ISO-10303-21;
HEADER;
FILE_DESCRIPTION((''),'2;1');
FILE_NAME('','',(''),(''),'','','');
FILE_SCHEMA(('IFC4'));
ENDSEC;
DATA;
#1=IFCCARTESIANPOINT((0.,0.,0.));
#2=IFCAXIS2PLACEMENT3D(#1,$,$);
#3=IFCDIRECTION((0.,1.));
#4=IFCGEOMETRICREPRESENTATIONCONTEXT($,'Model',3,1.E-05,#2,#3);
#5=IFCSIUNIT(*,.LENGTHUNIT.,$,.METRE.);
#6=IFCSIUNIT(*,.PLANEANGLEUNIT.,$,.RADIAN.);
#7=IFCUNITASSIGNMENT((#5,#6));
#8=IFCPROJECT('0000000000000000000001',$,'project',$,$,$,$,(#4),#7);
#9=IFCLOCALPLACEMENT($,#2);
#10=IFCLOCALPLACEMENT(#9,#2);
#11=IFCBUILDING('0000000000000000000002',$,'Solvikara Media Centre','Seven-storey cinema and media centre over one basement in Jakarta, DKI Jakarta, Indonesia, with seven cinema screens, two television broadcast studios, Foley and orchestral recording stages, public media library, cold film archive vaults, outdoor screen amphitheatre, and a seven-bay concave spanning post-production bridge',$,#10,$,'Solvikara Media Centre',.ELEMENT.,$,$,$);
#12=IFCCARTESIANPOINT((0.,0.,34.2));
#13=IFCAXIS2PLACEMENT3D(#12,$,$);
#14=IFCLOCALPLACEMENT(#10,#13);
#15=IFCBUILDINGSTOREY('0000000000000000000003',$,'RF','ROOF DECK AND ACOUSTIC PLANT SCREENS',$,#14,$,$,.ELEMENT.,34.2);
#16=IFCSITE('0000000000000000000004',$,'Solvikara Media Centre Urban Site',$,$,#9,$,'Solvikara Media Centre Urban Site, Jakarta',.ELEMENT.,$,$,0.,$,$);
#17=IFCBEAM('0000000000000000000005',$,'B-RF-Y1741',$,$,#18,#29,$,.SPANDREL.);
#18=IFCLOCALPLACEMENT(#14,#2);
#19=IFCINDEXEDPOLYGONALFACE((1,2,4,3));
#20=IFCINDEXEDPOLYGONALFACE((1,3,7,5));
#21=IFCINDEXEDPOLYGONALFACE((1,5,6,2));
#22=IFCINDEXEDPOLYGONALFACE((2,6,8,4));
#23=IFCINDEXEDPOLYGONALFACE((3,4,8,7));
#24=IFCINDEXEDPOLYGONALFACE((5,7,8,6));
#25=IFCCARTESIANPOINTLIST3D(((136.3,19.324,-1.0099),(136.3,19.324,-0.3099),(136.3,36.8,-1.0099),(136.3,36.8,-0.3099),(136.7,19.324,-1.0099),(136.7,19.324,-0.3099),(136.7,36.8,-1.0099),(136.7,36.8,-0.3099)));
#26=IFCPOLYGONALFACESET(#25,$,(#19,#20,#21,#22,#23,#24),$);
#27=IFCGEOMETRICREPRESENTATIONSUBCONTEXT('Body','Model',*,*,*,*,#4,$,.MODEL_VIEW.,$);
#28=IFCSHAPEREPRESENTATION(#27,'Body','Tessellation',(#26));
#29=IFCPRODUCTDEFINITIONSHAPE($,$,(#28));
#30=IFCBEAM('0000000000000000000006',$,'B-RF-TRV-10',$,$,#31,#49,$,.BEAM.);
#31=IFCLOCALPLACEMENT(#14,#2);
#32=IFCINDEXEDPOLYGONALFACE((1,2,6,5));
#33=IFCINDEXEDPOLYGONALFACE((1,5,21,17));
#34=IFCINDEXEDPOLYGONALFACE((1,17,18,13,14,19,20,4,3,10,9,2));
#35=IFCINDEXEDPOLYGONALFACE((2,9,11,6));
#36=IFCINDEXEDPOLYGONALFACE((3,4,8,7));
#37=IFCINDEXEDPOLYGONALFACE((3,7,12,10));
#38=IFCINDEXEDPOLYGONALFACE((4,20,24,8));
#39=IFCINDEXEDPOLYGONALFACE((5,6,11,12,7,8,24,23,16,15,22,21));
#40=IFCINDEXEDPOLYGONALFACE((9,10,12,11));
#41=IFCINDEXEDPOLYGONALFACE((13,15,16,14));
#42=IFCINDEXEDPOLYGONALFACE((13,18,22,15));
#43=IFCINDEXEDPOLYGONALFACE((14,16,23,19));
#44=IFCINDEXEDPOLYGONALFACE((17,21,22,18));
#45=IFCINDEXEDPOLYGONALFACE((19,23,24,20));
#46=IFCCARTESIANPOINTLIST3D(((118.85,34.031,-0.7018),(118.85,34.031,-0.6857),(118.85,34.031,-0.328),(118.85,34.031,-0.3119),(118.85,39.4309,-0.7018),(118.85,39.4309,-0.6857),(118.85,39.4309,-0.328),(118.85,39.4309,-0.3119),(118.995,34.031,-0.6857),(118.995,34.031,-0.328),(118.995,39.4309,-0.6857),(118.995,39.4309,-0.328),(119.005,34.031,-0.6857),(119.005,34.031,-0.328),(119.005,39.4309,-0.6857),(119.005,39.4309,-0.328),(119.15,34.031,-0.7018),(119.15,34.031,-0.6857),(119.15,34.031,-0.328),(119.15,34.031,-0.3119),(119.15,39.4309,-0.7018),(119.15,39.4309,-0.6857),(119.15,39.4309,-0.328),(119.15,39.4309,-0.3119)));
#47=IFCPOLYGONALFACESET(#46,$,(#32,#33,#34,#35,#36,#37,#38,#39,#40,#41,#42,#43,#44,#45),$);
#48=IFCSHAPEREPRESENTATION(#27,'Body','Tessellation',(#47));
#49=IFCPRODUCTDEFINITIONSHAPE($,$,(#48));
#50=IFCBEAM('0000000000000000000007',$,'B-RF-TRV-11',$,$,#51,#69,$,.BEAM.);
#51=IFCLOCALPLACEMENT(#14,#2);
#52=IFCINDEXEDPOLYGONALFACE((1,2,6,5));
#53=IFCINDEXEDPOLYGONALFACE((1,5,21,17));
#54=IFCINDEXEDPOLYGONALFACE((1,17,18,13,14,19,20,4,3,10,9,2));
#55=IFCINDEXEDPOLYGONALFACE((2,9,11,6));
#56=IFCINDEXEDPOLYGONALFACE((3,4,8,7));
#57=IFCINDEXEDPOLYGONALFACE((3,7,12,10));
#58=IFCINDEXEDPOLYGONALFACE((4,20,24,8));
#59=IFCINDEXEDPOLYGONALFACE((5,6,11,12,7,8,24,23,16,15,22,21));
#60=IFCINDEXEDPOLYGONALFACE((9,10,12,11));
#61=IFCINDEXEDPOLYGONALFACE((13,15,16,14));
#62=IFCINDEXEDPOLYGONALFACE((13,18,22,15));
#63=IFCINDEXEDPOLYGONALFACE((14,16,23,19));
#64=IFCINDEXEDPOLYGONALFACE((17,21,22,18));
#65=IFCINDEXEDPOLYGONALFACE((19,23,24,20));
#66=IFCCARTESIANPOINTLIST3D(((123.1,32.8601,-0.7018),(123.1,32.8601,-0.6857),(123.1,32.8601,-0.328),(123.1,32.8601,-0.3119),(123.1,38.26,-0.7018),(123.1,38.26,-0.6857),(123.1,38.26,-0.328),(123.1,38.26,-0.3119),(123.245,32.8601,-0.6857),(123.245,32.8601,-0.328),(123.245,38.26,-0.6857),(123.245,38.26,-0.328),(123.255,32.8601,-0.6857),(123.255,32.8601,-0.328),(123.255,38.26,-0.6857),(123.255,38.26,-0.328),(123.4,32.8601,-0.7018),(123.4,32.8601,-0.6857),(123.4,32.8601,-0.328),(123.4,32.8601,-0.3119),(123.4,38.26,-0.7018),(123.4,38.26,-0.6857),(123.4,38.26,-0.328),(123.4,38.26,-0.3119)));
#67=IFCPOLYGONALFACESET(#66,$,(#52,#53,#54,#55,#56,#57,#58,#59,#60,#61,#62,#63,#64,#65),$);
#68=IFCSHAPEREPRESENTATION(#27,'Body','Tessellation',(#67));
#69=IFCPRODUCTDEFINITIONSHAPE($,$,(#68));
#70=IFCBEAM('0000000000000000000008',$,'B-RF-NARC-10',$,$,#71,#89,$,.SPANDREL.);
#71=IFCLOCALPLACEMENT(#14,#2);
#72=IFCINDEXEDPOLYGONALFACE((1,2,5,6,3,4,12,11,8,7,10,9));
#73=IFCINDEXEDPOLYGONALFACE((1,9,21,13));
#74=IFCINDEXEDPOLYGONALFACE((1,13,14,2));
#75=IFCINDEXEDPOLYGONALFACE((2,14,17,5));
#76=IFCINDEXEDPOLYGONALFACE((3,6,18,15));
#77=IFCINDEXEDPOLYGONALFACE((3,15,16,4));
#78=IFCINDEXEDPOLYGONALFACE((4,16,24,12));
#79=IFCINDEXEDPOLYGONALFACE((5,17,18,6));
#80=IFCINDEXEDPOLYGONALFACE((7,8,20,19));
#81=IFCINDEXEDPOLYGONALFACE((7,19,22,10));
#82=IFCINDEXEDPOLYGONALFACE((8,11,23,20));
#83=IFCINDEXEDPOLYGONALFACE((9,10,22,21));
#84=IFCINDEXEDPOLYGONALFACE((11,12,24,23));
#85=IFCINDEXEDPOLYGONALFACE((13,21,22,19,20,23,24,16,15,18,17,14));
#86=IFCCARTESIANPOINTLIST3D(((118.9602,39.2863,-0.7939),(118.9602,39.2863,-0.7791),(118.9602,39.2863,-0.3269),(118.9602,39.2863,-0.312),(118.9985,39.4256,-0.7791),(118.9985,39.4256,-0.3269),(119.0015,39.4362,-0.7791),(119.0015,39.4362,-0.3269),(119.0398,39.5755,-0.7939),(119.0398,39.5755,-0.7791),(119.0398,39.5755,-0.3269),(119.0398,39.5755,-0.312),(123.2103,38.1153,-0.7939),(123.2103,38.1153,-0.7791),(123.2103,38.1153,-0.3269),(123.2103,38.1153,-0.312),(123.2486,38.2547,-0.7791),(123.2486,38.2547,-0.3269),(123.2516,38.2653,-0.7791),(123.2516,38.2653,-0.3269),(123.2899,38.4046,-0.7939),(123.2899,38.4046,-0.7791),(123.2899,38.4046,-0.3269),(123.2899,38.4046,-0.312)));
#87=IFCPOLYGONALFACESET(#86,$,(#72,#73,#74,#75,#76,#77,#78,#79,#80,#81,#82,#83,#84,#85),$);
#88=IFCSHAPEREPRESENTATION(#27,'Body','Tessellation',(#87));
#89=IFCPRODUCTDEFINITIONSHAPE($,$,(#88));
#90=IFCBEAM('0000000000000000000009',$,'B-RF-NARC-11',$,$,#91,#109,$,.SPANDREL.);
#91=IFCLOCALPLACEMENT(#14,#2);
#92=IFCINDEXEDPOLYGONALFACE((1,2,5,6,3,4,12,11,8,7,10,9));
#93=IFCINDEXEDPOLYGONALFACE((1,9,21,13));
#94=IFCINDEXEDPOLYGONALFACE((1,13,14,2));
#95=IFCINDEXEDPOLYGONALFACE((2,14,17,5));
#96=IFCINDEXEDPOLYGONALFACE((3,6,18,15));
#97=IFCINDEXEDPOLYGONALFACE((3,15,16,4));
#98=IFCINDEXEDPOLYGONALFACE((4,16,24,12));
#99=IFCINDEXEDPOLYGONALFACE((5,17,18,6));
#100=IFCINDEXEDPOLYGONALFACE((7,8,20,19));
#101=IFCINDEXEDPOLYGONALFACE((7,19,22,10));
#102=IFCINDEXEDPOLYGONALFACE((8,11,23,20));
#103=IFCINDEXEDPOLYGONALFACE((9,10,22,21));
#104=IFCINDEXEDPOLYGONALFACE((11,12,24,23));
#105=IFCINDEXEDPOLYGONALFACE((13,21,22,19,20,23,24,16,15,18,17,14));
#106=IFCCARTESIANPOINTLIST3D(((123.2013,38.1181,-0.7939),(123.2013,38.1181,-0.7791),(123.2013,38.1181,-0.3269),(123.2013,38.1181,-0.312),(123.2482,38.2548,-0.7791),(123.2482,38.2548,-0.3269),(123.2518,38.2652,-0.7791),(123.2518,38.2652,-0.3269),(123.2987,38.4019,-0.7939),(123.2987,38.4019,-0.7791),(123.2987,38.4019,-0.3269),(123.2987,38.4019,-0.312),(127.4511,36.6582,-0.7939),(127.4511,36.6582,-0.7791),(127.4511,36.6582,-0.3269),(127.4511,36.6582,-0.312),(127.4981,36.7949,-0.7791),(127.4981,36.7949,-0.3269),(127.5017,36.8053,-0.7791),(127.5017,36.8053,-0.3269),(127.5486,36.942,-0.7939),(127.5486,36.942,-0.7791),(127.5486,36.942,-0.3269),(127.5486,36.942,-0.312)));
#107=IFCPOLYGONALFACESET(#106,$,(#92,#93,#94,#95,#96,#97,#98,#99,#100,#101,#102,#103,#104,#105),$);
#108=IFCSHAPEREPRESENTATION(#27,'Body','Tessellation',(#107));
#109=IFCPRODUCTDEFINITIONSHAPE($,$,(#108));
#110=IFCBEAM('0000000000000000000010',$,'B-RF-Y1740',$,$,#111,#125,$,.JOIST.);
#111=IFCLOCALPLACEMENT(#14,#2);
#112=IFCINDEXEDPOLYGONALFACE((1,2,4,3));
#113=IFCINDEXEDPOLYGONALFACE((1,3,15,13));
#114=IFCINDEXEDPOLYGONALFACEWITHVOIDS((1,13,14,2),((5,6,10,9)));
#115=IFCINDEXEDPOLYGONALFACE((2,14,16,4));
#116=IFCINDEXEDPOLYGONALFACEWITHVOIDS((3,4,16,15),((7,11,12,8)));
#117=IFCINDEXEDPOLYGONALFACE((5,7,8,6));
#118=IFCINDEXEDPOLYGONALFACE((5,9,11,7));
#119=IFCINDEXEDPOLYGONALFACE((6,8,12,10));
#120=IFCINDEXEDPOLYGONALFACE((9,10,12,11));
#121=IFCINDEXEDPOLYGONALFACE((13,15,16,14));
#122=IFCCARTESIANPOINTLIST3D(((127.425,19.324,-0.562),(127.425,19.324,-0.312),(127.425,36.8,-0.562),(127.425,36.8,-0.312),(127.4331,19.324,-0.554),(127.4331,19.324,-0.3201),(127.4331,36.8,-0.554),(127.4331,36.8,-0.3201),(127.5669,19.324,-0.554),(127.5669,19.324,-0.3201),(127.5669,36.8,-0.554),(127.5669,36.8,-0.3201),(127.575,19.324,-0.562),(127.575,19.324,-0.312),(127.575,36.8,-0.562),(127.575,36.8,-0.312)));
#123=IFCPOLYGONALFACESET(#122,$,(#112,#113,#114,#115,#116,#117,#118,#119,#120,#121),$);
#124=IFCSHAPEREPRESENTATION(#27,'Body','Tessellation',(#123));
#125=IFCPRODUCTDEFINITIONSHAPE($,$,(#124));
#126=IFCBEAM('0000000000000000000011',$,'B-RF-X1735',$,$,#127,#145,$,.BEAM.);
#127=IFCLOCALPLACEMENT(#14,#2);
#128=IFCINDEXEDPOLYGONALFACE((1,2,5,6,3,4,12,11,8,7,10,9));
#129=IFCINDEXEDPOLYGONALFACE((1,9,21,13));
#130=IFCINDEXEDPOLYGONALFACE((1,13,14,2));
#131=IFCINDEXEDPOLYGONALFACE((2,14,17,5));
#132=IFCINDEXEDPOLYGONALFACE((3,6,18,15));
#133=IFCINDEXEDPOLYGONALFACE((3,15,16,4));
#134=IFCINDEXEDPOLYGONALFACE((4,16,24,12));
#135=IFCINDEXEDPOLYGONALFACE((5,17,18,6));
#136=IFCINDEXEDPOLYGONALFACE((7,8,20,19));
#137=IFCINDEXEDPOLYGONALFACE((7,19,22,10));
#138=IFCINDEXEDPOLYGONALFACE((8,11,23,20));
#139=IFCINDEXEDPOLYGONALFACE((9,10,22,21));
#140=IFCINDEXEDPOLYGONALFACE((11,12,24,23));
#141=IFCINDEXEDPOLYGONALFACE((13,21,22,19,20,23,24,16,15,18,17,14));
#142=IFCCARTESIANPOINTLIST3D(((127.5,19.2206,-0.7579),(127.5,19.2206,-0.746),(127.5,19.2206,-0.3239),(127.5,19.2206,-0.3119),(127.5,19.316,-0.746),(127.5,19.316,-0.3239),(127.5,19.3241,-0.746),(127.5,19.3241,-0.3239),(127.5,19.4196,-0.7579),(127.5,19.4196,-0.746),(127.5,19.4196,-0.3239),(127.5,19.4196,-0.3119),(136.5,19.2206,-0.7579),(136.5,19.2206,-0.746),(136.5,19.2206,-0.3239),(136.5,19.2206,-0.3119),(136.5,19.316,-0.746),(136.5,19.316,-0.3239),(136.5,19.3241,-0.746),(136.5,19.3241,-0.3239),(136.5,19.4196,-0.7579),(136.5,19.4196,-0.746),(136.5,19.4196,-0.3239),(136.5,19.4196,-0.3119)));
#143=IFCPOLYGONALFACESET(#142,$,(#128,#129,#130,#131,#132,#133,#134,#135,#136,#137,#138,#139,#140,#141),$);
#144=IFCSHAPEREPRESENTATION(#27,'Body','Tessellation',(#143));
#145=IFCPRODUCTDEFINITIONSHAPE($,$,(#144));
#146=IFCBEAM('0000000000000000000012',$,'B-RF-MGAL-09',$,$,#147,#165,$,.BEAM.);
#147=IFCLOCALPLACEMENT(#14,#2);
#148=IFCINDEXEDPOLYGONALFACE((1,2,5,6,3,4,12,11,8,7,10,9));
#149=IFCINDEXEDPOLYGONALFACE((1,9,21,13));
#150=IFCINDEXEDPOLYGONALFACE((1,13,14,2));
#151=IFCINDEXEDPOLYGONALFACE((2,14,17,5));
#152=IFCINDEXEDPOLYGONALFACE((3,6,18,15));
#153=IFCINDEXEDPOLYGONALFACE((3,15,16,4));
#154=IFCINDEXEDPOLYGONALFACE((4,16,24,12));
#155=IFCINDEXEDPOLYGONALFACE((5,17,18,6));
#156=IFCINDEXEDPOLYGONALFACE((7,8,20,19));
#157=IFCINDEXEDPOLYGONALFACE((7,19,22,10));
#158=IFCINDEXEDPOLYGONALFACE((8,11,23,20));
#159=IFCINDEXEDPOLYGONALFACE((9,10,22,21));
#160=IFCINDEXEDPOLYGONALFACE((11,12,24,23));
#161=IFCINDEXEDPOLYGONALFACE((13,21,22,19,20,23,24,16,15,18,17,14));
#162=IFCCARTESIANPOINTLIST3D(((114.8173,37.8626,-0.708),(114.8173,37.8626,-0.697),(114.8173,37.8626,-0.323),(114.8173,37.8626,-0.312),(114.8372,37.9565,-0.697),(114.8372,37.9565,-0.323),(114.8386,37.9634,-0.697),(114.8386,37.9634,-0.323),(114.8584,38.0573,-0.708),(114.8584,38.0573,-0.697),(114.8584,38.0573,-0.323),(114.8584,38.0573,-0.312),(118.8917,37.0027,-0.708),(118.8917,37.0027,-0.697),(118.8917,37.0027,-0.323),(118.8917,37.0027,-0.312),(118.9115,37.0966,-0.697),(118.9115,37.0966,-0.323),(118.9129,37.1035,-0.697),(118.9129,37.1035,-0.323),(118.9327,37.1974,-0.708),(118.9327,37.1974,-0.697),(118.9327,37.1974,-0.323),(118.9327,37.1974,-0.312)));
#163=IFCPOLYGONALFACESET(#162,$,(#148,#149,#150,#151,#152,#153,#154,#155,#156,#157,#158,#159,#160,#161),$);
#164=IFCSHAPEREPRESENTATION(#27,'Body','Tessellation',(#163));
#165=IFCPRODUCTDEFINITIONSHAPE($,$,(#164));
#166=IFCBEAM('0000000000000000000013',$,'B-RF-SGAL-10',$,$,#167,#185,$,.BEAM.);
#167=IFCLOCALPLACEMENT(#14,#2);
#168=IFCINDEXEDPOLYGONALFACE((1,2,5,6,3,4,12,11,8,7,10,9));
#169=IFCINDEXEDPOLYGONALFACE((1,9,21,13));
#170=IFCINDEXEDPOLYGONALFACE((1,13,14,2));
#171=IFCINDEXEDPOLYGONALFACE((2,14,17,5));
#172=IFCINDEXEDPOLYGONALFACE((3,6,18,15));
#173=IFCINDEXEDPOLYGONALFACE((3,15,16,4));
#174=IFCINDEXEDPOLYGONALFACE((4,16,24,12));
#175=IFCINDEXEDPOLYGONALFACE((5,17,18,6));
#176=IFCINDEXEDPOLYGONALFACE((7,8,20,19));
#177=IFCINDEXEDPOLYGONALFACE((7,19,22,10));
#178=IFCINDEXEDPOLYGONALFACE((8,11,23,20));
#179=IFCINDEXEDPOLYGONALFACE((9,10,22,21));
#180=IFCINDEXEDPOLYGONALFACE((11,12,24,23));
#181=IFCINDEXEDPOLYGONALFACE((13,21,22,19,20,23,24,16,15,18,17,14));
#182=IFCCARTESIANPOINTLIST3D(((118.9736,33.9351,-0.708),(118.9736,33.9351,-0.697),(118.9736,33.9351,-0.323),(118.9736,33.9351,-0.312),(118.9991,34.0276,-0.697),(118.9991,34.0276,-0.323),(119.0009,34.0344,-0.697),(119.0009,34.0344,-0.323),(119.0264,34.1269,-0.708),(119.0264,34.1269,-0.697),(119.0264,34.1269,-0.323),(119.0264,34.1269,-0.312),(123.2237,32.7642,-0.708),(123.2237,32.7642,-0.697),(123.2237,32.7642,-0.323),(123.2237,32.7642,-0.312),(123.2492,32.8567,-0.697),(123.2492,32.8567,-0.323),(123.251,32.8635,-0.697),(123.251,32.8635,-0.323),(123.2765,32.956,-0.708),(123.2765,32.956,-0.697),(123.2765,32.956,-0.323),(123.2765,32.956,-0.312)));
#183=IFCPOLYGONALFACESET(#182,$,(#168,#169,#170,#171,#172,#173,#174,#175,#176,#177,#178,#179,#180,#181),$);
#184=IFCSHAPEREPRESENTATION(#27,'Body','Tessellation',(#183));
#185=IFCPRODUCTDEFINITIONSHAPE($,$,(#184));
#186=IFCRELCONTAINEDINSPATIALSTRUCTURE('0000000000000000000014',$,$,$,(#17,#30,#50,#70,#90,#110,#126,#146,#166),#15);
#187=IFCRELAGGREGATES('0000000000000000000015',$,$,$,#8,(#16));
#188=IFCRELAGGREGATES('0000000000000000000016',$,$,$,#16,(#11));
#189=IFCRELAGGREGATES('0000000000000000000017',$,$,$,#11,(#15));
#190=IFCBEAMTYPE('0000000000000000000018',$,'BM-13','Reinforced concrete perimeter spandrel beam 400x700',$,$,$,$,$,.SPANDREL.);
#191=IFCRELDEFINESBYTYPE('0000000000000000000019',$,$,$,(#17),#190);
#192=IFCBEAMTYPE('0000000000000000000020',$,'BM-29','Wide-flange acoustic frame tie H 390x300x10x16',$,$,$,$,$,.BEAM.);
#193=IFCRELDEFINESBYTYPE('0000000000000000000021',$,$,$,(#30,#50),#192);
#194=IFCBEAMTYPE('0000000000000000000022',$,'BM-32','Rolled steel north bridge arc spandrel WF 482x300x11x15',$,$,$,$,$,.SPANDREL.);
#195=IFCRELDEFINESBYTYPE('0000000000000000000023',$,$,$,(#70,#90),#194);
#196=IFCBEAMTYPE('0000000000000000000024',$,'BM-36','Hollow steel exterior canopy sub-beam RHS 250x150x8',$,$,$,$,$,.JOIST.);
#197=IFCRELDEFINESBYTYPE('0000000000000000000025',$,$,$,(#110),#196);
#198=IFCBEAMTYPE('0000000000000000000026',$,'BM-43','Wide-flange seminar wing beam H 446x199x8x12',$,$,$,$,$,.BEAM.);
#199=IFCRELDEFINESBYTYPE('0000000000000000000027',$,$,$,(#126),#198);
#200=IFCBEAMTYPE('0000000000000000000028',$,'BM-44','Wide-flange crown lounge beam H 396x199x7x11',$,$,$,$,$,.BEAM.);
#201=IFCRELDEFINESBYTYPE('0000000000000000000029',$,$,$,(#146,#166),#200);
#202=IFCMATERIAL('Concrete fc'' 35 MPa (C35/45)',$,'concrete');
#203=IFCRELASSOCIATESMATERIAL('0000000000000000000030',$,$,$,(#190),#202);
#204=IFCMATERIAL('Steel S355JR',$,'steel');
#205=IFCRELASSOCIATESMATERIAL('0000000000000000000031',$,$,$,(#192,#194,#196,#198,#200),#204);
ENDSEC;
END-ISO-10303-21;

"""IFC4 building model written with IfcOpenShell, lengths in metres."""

from ifc_helpers import new_model, si_unit, direction, frame, origin, origin_2d, place, context, subcontext, project, spatial, rectangle, hollow_rectangle, i_section, extrude, material, material_profile, profile_set, type_object, element, save


model = new_model("IFC4")

# Units and contexts
model_context = context("Model", 3, precision=1e-05, world=origin(), true_north=direction((0.0, 1.0)))
body_context = subcontext(model_context, "Body", "Model", "MODEL_VIEW")
ifc_project = project(units=[si_unit("LENGTHUNIT", "METRE"), si_unit("PLANEANGLEUNIT", "RADIAN")], contexts=[model_context])

# Site, building, storey
site_placement = place(None, origin())
site = spatial("IfcSite", under=ifc_project, at=site_placement, Name="Solvikara Media Centre Urban Site", LongName="Solvikara Media Centre Urban Site, Jakarta", CompositionType="ELEMENT", RefElevation=0.0)
building_placement = place(site_placement, origin())
building = spatial("IfcBuilding", under=site, at=building_placement, Name="Solvikara Media Centre", Description="Seven-storey cinema and media centre over one basement in Jakarta, DKI Jakarta, Indonesia, with seven cinema screens, two television broadcast studios, Foley and orchestral recording stages, public media library, cold film archive vaults, outdoor screen amphitheatre, and a seven-bay concave spanning post-production bridge", LongName="Solvikara Media Centre", CompositionType="ELEMENT")
storey_placement = place(building_placement, frame((0.0, 0.0, 34.2)))
storey = spatial("IfcBuildingStorey", under=building, at=storey_placement, Name="RF", Description="ROOF DECK AND ACOUSTIC PLANT SCREENS", CompositionType="ELEMENT", Elevation=34.2)

# Beams
ifc_material_1 = material(Name="Concrete fc' 35 MPa (C35/45)", Category="concrete")
ifc_material_profile_1 = material_profile(ifc_material_1, rectangle(XDim=0.3999, YDim=0.7, at=origin_2d()), Name="RC 400x700")
ifc_profile_set_1 = profile_set([ifc_material_profile_1], Name="Concrete fc' 35 MPa (C35/45)")
beam_type_1 = type_object("IfcBeamType", Name="BM-13", Description="Reinforced concrete perimeter spandrel beam 400x700", PredefinedType="SPANDREL", material=ifc_profile_set_1)
beam_1_placement = place(storey_placement, frame((136.5, 19.324, -0.6599), z_axis=(0.0, 1.0, 0.0), x_axis=(-1.0, 0.0, 0.0)))
element("IfcBeam", 1, at=beam_1_placement, inside=storey, type_object=beam_type_1, Name="B-RF-Y1741", PredefinedType="SPANDREL", context=body_context, shape_type="SweptSolid", body=[
    extrude(rectangle(XDim=0.3999, YDim=0.7, at=origin_2d()), origin(), (0.0, 0.0, 1.0), 17.4761),
])
ifc_material_2 = material(Name="Steel S355JR", Category="steel")
ifc_material_profile_2 = material_profile(ifc_material_2, i_section(OverallWidth=0.3, OverallDepth=0.3899, WebThickness=0.01, FlangeThickness=0.0161, at=origin_2d()), Name="H 390x300x10x16")
ifc_profile_set_2 = profile_set([ifc_material_profile_2], Name="Steel S355JR")
beam_type_2 = type_object("IfcBeamType", Name="BM-29", Description="Wide-flange acoustic frame tie H 390x300x10x16", PredefinedType="BEAM", material=ifc_profile_set_2)
for number, where, z_axis, x_axis, name in (
    (2, (119.0, 34.031, -0.5068), (0.0, 1.0, 0.0), (-1.0, 0.0, 0.0), "B-RF-TRV-10"),
    (3, (123.25, 32.8601, -0.5068), (0.0, 1.0, 0.0), (-1.0, 0.0, 0.0), "B-RF-TRV-11"),
):
    element("IfcBeam", number, at=place(storey_placement, frame(where, z_axis=z_axis, x_axis=x_axis)), inside=storey, type_object=beam_type_2, Name=name, PredefinedType="BEAM", context=body_context, shape_type="SweptSolid", body=[
        extrude(i_section(OverallWidth=0.3, OverallDepth=0.3899, WebThickness=0.01, FlangeThickness=0.0161, at=origin_2d()), origin(), (0.0, 0.0, 1.0), 5.3999),
    ])
ifc_material_profile_3 = material_profile(ifc_material_2, i_section(OverallWidth=0.3, OverallDepth=0.4819, WebThickness=0.011, FlangeThickness=0.0149, at=origin_2d()), Name="WF 482x300x11x15")
ifc_profile_set_3 = profile_set([ifc_material_profile_3], Name="Steel S355JR")
beam_type_3 = type_object("IfcBeamType", Name="BM-32", Description="Rolled steel north bridge arc spandrel WF 482x300x11x15", PredefinedType="SPANDREL", material=ifc_profile_set_3)
beam_2_placement = place(storey_placement, frame((119.0, 39.4309, -0.553), z_axis=(0.964081, -0.26561, 0.0), x_axis=(0.26561, 0.964081, 0.0)))
element("IfcBeam", 4, at=beam_2_placement, inside=storey, type_object=beam_type_3, Name="B-RF-NARC-10", PredefinedType="SPANDREL", context=body_context, shape_type="SweptSolid", body=[
    extrude(i_section(OverallWidth=0.3, OverallDepth=0.4819, WebThickness=0.011, FlangeThickness=0.0149, at=origin_2d()), origin(), (0.0, 0.0, 1.0), 4.4084),
])
beam_3_placement = place(storey_placement, frame((123.25, 38.26, -0.553), z_axis=(0.945753, -0.324885, 0.0), x_axis=(0.324885, 0.945753, 0.0)))
element("IfcBeam", 5, at=beam_3_placement, inside=storey, type_object=beam_type_3, Name="B-RF-NARC-11", PredefinedType="SPANDREL", context=body_context, shape_type="SweptSolid", body=[
    extrude(i_section(OverallWidth=0.3, OverallDepth=0.4819, WebThickness=0.011, FlangeThickness=0.0149, at=origin_2d()), origin(), (0.0, 0.0, 1.0), 4.4937),
])
ifc_material_profile_4 = material_profile(ifc_material_2, hollow_rectangle(XDim=0.1499, YDim=0.25, WallThickness=0.0081, at=origin_2d()), Name="RHS 250x150x8")
ifc_profile_set_4 = profile_set([ifc_material_profile_4], Name="Steel S355JR")
beam_type_4 = type_object("IfcBeamType", Name="BM-36", Description="Hollow steel exterior canopy sub-beam RHS 250x150x8", PredefinedType="JOIST", material=ifc_profile_set_4)
beam_4_placement = place(storey_placement, frame((127.5, 19.324, -0.437), z_axis=(0.0, 1.0, 0.0), x_axis=(-1.0, 0.0, 0.0)))
element("IfcBeam", 6, at=beam_4_placement, inside=storey, type_object=beam_type_4, Name="B-RF-Y1740", PredefinedType="JOIST", context=body_context, shape_type="SweptSolid", body=[
    extrude(hollow_rectangle(XDim=0.1499, YDim=0.25, WallThickness=0.0081, at=origin_2d()), origin(), (0.0, 0.0, 1.0), 17.4761),
])
ifc_material_profile_5 = material_profile(ifc_material_2, i_section(OverallWidth=0.199, OverallDepth=0.446, WebThickness=0.0081, FlangeThickness=0.012, at=origin_2d()), Name="H 446x199x8x12")
ifc_profile_set_5 = profile_set([ifc_material_profile_5], Name="Steel S355JR")
beam_type_5 = type_object("IfcBeamType", Name="BM-43", Description="Wide-flange seminar wing beam H 446x199x8x12", PredefinedType="BEAM", material=ifc_profile_set_5)
beam_5_placement = place(storey_placement, frame((127.5, 19.3201, -0.5349), z_axis=(1.0, 0.0, 0.0), x_axis=(0.0, 1.0, 0.0)))
element("IfcBeam", 7, at=beam_5_placement, inside=storey, type_object=beam_type_5, Name="B-RF-X1735", PredefinedType="BEAM", context=body_context, shape_type="SweptSolid", body=[
    extrude(i_section(OverallWidth=0.199, OverallDepth=0.446, WebThickness=0.0081, FlangeThickness=0.012, at=origin_2d()), origin(), (0.0, 0.0, 1.0), 9.0),
])
ifc_material_profile_6 = material_profile(ifc_material_2, i_section(OverallWidth=0.199, OverallDepth=0.396, WebThickness=0.0071, FlangeThickness=0.011, at=origin_2d()), Name="H 396x199x7x11")
ifc_profile_set_6 = profile_set([ifc_material_profile_6], Name="Steel S355JR")
beam_type_6 = type_object("IfcBeamType", Name="BM-44", Description="Wide-flange crown lounge beam H 396x199x7x11", PredefinedType="BEAM", material=ifc_profile_set_6)
beam_6_placement = place(storey_placement, frame((114.8379, 37.96, -0.51), z_axis=(0.978446, -0.206501, 0.0), x_axis=(0.206501, 0.978446, 0.0)))
element("IfcBeam", 8, at=beam_6_placement, inside=storey, type_object=beam_type_6, Name="B-RF-MGAL-09", PredefinedType="BEAM", context=body_context, shape_type="SweptSolid", body=[
    extrude(i_section(OverallWidth=0.199, OverallDepth=0.396, WebThickness=0.0071, FlangeThickness=0.011, at=origin_2d()), origin(), (0.0, 0.0, 1.0), 4.1641),
])
beam_7_placement = place(storey_placement, frame((119.0, 34.031, -0.51), z_axis=(0.964081, -0.26561, 0.0), x_axis=(0.26561, 0.964081, 0.0)))
element("IfcBeam", 9, at=beam_7_placement, inside=storey, type_object=beam_type_6, Name="B-RF-SGAL-10", PredefinedType="BEAM", context=body_context, shape_type="SweptSolid", body=[
    extrude(i_section(OverallWidth=0.199, OverallDepth=0.396, WebThickness=0.0071, FlangeThickness=0.011, at=origin_2d()), origin(), (0.0, 0.0, 1.0), 4.4084),
])

save(model, "model.ifc")
